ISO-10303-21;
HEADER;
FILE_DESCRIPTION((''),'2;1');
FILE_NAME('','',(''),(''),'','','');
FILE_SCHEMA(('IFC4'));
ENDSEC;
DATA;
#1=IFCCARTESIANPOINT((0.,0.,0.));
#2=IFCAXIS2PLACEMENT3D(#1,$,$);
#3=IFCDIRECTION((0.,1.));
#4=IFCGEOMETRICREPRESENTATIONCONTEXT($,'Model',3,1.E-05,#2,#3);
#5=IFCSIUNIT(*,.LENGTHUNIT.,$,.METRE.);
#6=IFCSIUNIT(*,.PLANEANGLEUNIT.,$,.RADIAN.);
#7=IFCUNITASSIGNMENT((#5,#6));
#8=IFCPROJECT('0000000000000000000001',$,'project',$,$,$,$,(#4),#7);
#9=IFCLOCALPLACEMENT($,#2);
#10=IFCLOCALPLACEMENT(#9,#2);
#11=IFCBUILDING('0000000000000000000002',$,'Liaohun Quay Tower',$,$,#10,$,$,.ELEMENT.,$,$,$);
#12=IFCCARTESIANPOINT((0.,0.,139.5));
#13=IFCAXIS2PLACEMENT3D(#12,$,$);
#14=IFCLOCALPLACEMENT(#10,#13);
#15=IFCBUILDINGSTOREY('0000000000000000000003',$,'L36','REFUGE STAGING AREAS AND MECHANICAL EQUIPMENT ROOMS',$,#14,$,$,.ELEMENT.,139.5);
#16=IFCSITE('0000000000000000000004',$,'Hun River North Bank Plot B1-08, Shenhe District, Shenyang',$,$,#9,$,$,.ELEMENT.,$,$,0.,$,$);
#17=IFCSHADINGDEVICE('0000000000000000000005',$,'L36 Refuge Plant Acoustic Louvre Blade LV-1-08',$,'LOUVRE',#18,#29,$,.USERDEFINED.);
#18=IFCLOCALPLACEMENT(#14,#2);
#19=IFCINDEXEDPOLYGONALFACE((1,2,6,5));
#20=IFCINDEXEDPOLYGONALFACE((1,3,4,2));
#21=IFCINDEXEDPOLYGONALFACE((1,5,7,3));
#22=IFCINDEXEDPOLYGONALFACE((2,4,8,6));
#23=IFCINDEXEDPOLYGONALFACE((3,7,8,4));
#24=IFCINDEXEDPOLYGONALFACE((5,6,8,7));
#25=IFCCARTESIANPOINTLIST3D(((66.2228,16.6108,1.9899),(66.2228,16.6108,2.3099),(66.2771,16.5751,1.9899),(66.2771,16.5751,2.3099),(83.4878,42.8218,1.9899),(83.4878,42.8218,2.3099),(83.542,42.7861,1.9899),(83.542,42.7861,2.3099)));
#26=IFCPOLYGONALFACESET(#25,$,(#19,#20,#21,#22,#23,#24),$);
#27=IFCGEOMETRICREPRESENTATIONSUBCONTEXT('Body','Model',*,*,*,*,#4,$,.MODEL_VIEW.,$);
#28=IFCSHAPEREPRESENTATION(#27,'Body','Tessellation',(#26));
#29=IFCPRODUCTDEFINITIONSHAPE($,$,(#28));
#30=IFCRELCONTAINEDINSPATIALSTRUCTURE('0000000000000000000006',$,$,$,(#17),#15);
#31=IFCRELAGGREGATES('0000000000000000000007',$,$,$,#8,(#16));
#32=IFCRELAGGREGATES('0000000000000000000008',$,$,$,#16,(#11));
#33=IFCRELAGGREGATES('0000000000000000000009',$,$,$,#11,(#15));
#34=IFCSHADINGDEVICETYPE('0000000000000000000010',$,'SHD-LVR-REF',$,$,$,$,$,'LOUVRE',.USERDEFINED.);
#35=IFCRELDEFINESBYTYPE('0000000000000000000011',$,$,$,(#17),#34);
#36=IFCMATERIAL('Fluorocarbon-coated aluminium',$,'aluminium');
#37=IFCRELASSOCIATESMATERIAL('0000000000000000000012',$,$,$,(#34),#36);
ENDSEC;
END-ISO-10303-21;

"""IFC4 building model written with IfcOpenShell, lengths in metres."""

from ifc_helpers import new_model, si_unit, direction, frame, origin, origin_2d, place, context, subcontext, project, spatial, rectangle, extrude, source, transform, mapped, material, material_profile, profile_set, type_object, element, save


model = new_model("IFC4")

# Units and contexts
model_context = context("Model", 3, precision=1e-05, world=origin(), true_north=direction((0.0, 1.0)))
body_context = subcontext(model_context, "Body", "Model", "MODEL_VIEW")
ifc_project = project(units=[si_unit("LENGTHUNIT", "METRE"), si_unit("PLANEANGLEUNIT", "RADIAN")], contexts=[model_context])

# Site, building, storey
site_placement = place(None, origin())
site = spatial("IfcSite", under=ifc_project, at=site_placement, Name="Hun River North Bank Plot B1-08, Shenhe District, Shenyang", CompositionType="ELEMENT", RefElevation=0.0)
building_placement = place(site_placement, origin())
building = spatial("IfcBuilding", under=site, at=building_placement, Name="Liaohun Quay Tower", CompositionType="ELEMENT")
storey_placement = place(building_placement, frame((0.0, 0.0, 139.5)))
storey = spatial("IfcBuildingStorey", under=building, at=storey_placement, Name="L36", Description="REFUGE STAGING AREAS AND MECHANICAL EQUIPMENT ROOMS", CompositionType="ELEMENT", Elevation=139.5)

# Shading device
ifc_material_1 = material(Name="Fluorocarbon-coated aluminium", Category="aluminium")
ifc_material_profile_1 = material_profile(ifc_material_1, rectangle(XDim=0.0649, YDim=0.3201, at=origin_2d()), Name="ALU-LVR-320x65")
ifc_profile_set_1 = profile_set([ifc_material_profile_1], Name="Fluorocarbon-coated aluminium")
shading_device_type = type_object("IfcShadingDeviceType", Name="SHD-LVR-REF", ElementType="LOUVRE", PredefinedType="USERDEFINED", material=ifc_profile_set_1)
shared_shape_1 = source(origin(), body_context, "Body", "SweptSolid", [
    extrude(rectangle(XDim=0.0649, YDim=0.3201, at=origin_2d()), origin(), (0.0, 0.0, 1.0), 31.3862),
])
for number, where, z_axis, x_axis, name in (
    (1, (83.5149, 42.804, 2.1499), (-0.55008, -0.835112, 0.0), (0.835112, -0.55008, 0.0), "L36 Refuge Plant Acoustic Louvre Blade LV-1-08"),
):
    element("IfcShadingDevice", number, at=place(storey_placement, frame(where, z_axis=z_axis, x_axis=x_axis)), inside=storey, type_object=shading_device_type, Name=name, ObjectType="LOUVRE", PredefinedType="USERDEFINED", context=body_context, shape_type="MappedRepresentation", body=[
        mapped(shared_shape_1, transform((0.0, 0.0, 0.0), x_axis=(1.0, 0.0, 0.0), y_axis=(0.0, 1.0, 0.0), z_axis=(0.0, 0.0, 1.0), scale=1.0)),
    ])

save(model, "model.ifc")
